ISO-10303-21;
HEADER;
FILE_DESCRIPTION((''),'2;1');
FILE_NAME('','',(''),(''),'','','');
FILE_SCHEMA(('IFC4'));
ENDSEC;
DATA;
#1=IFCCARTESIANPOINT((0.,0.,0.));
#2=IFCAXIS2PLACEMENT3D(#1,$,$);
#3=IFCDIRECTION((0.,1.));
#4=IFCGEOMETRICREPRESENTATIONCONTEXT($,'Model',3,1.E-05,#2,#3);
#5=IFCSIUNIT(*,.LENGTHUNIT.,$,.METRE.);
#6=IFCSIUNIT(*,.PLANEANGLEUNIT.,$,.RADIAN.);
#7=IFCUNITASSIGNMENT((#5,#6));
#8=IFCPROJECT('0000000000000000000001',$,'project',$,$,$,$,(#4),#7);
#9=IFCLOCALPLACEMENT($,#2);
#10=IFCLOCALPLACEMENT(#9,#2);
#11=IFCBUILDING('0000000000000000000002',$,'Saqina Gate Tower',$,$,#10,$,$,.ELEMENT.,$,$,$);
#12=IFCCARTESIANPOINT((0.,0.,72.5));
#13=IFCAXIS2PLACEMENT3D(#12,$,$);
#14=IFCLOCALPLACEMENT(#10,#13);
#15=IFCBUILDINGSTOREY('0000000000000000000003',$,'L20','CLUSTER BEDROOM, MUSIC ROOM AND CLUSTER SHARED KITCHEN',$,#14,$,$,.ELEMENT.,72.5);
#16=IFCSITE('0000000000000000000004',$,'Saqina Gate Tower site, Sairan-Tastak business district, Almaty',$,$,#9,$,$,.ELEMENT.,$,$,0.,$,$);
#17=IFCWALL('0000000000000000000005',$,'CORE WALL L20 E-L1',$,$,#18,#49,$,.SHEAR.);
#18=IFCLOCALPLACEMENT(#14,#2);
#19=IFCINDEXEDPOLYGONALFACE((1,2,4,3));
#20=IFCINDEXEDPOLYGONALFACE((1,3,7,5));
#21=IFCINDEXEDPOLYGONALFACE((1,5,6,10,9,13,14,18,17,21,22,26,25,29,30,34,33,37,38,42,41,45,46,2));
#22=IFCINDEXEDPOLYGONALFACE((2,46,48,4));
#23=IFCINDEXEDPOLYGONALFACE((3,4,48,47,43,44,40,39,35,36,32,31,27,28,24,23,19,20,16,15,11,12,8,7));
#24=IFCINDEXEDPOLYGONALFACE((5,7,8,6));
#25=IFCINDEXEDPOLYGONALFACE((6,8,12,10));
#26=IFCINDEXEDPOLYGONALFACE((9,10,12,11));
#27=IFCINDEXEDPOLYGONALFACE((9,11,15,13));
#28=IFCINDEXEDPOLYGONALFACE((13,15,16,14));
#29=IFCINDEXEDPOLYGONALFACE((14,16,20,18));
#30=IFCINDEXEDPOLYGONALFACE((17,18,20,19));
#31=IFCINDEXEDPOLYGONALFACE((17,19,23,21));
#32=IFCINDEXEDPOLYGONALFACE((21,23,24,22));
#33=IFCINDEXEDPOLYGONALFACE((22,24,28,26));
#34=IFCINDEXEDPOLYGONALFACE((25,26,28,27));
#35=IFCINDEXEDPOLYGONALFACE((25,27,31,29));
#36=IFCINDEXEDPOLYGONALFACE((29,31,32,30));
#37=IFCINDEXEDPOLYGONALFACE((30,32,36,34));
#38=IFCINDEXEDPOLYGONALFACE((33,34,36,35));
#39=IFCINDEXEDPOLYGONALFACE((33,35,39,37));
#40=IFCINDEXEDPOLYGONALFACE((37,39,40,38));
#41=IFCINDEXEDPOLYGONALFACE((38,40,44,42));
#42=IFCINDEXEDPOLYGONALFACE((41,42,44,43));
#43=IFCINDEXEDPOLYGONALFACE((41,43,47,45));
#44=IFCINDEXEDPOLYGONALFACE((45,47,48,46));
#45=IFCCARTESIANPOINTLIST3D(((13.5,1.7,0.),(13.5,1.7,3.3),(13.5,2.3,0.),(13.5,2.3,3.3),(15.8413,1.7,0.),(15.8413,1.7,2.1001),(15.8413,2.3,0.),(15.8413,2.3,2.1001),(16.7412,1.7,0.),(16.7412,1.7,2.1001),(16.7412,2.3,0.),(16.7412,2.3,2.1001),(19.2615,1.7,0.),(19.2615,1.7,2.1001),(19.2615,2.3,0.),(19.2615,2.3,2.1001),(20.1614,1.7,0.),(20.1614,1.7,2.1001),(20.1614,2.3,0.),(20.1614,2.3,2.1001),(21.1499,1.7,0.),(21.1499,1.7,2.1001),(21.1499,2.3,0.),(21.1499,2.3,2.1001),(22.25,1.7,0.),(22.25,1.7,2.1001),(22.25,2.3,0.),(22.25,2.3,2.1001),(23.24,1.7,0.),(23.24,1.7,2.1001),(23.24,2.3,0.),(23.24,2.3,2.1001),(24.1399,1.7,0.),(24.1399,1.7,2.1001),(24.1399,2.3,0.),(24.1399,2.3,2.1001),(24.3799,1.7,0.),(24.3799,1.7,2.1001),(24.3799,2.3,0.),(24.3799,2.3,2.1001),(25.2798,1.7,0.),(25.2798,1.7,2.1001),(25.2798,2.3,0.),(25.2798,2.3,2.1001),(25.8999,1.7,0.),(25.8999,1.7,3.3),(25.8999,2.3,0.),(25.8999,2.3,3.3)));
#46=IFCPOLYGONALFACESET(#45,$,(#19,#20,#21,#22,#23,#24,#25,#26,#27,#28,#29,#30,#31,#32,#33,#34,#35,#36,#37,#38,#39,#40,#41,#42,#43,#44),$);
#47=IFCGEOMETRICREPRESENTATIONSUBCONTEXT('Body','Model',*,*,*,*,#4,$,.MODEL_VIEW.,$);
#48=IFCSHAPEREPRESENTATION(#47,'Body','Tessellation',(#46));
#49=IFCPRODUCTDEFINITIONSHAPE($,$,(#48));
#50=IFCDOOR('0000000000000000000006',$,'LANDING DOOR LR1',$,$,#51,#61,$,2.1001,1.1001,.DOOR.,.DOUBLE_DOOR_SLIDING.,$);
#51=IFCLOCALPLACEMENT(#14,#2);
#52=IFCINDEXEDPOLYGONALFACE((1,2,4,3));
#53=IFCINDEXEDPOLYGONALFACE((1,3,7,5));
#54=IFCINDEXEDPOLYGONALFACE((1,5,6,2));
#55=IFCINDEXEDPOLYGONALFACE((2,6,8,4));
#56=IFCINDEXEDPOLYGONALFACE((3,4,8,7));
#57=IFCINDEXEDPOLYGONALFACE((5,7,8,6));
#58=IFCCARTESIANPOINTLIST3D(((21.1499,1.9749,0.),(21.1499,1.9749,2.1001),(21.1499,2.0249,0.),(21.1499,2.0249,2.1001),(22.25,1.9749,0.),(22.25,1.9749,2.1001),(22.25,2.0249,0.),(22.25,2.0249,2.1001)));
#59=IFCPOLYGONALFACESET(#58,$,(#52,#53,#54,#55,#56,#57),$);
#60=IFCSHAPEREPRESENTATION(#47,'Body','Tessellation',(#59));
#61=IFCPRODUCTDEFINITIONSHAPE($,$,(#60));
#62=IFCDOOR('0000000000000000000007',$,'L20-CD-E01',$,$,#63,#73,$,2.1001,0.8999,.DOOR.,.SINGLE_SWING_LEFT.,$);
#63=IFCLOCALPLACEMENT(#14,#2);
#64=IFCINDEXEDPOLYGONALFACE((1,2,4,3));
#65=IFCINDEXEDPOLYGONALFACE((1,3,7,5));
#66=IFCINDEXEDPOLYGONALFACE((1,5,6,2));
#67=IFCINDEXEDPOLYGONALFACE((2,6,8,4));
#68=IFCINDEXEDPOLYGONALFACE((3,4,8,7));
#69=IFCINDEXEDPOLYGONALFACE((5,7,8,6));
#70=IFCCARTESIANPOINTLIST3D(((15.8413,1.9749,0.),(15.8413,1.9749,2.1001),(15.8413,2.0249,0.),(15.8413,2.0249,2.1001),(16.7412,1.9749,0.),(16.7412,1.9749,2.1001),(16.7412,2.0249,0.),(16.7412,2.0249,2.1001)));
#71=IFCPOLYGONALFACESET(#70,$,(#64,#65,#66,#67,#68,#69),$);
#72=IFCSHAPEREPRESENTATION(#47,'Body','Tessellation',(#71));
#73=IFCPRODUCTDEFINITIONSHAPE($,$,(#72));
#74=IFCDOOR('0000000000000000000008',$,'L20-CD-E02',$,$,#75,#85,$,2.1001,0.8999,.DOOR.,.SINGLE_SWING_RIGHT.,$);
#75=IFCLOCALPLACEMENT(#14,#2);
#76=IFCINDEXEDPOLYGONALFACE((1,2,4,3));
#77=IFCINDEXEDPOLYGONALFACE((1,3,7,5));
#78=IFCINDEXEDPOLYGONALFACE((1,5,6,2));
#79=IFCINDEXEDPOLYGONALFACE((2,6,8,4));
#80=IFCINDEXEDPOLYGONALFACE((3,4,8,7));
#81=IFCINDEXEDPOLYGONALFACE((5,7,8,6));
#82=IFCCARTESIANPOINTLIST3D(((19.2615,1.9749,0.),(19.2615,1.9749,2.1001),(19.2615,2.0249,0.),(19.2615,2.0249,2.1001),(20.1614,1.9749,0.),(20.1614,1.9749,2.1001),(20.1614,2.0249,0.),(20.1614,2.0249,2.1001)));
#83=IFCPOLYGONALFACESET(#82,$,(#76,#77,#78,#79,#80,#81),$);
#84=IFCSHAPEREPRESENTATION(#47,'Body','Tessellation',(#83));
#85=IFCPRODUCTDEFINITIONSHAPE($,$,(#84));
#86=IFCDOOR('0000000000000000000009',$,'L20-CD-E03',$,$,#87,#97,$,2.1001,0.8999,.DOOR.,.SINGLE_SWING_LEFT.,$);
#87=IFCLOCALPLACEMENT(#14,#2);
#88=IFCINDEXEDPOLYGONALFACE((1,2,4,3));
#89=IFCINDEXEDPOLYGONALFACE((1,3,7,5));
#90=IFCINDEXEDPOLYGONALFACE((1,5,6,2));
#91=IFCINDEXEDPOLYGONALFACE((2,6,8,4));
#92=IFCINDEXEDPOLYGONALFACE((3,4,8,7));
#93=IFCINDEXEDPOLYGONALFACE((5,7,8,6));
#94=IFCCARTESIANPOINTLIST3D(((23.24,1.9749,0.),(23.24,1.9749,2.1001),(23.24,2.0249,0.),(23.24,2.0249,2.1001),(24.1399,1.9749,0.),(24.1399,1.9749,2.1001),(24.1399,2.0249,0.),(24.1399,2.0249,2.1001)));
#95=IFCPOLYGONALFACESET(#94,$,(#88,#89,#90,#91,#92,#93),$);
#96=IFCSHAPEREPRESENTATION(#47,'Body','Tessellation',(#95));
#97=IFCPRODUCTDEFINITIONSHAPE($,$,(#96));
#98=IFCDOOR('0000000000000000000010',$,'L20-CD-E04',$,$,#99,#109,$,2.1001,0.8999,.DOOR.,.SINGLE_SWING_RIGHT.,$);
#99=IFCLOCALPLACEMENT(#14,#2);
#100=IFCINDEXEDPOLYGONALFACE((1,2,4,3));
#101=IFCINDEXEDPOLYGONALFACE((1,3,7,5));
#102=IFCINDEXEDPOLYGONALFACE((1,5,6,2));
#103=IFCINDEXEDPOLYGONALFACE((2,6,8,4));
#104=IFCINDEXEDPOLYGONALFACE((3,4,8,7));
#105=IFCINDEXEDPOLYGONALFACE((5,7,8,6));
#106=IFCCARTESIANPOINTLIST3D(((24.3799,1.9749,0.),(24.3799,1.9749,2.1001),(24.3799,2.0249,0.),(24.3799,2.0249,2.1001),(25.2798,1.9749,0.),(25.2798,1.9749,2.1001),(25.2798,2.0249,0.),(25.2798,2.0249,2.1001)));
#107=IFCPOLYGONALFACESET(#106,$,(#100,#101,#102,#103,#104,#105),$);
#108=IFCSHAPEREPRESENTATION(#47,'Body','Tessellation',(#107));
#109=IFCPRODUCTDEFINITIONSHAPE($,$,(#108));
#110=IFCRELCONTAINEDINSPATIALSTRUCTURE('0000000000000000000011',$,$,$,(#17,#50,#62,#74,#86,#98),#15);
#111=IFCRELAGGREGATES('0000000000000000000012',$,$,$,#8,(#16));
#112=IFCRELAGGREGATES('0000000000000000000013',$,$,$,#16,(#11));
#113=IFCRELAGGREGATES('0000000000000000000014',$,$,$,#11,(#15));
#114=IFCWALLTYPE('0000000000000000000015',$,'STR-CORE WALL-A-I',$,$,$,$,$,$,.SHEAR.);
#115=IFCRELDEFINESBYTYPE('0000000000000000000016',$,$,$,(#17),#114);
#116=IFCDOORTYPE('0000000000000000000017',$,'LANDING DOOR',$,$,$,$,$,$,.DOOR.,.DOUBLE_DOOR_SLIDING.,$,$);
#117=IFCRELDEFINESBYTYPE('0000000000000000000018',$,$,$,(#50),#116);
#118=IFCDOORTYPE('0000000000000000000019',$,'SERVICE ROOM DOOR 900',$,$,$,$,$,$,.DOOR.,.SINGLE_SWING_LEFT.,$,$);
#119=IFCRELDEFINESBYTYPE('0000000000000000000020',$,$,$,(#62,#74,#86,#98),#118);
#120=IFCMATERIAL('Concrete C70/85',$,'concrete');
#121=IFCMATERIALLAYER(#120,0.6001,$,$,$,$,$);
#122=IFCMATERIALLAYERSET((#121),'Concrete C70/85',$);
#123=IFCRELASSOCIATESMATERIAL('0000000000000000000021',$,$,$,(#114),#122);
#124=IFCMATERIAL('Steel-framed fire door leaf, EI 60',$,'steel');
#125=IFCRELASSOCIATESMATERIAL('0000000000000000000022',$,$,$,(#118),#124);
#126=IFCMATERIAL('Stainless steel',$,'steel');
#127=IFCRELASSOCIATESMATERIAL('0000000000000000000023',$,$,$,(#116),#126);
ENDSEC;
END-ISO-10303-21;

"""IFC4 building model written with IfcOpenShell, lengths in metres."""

from ifc_helpers import new_model, si_unit, direction, frame, frame_2d, origin, place, context, subcontext, project, spatial, rectangle, extrude, material, layer, layer_set, type_object, element, fill, save


model = new_model("IFC4")

# Units and contexts
model_context = context("Model", 3, precision=1e-05, world=origin(), true_north=direction((0.0, 1.0)))
body_context = subcontext(model_context, "Body", "Model", "MODEL_VIEW")
ifc_project = project(units=[si_unit("LENGTHUNIT", "METRE"), si_unit("PLANEANGLEUNIT", "RADIAN")], contexts=[model_context])

# Site, building, storey
site_placement = place(None, origin())
site = spatial("IfcSite", under=ifc_project, at=site_placement, Name="Saqina Gate Tower site, Sairan-Tastak business district, Almaty", CompositionType="ELEMENT", RefElevation=0.0)
building_placement = place(site_placement, origin())
building = spatial("IfcBuilding", under=site, at=building_placement, Name="Saqina Gate Tower", CompositionType="ELEMENT")
storey_placement = place(building_placement, frame((0.0, 0.0, 72.5)))
storey = spatial("IfcBuildingStorey", under=building, at=storey_placement, Name="L20", Description="CLUSTER BEDROOM, MUSIC ROOM AND CLUSTER SHARED KITCHEN", CompositionType="ELEMENT", Elevation=72.5)

# Wall, openings, doors
ifc_material_1 = material(Name="Concrete C70/85", Category="concrete")
ifc_layer_1 = layer(ifc_material_1, 0.6001)
ifc_layer_set_1 = layer_set([ifc_layer_1], Name="Concrete C70/85")
wall_type_1 = type_object("IfcWallType", Name="STR-CORE WALL-A-I", PredefinedType="SHEAR", material=ifc_layer_set_1)
ifc_material_2 = material(Name="Steel-framed fire door leaf, EI 60", Category="steel")
door_type_1 = type_object("IfcDoorType", Name="SERVICE ROOM DOOR 900", OperationType="SINGLE_SWING_LEFT", PredefinedType="DOOR", material=ifc_material_2)
wall_1_placement = place(storey_placement, frame((13.5, 2.0, 0.0), z_axis=(0.0, 0.0, 1.0), x_axis=(1.0, 0.0, 0.0)))
wall_1 = element("IfcWall", 1, at=wall_1_placement, inside=storey, type_object=wall_type_1, Name="CORE WALL L20 E-L1", PredefinedType="SHEAR", context=body_context, shape_type="SweptSolid", body=[
    extrude(rectangle(XDim=12.3999, YDim=0.6001, at=frame_2d((6.2, 0.0))), origin(), (0.0, 0.0, 1.0), 3.3),
])
opening_1_placement = place(wall_1_placement, frame((7.6499, 0.0, 0.0)))
opening_1 = element("IfcOpeningElement", 2, at=opening_1_placement, cuts=wall_1, PredefinedType="OPENING", context=body_context, shape_type="SweptSolid", body=[
    extrude(rectangle(XDim=1.1001, YDim=2.1001, at=frame_2d((0.55, 1.05))), frame((0.0, 0.312, 0.0), z_axis=(0.0, -1.0, 0.0), x_axis=(1.0, 0.0, 0.0)), (0.0, 0.0, 1.0), 0.624),
])
opening_2_placement = place(wall_1_placement, frame((2.3413, 0.0, 0.0)))
opening_2 = element("IfcOpeningElement", 3, at=opening_2_placement, cuts=wall_1, PredefinedType="OPENING", context=body_context, shape_type="SweptSolid", body=[
    extrude(rectangle(XDim=0.8999, YDim=2.1001, at=frame_2d((0.45, 1.05))), frame((0.0, 0.312, 0.0), z_axis=(0.0, -1.0, 0.0), x_axis=(1.0, 0.0, 0.0)), (0.0, 0.0, 1.0), 0.624),
])
opening_3_placement = place(wall_1_placement, frame((5.7615, 0.0, 0.0)))
opening_3 = element("IfcOpeningElement", 4, at=opening_3_placement, cuts=wall_1, PredefinedType="OPENING", context=body_context, shape_type="SweptSolid", body=[
    extrude(rectangle(XDim=0.8999, YDim=2.1001, at=frame_2d((0.45, 1.05))), frame((0.0, 0.312, 0.0), z_axis=(0.0, -1.0, 0.0), x_axis=(1.0, 0.0, 0.0)), (0.0, 0.0, 1.0), 0.624),
])
opening_4_placement = place(wall_1_placement, frame((9.74, 0.0, 0.0)))
opening_4 = element("IfcOpeningElement", 5, at=opening_4_placement, cuts=wall_1, PredefinedType="OPENING", context=body_context, shape_type="SweptSolid", body=[
    extrude(rectangle(XDim=0.8999, YDim=2.1001, at=frame_2d((0.45, 1.05))), frame((0.0, 0.312, 0.0), z_axis=(0.0, -1.0, 0.0), x_axis=(1.0, 0.0, 0.0)), (0.0, 0.0, 1.0), 0.624),
])
opening_5_placement = place(wall_1_placement, frame((10.8799, 0.0, 0.0)))
opening_5 = element("IfcOpeningElement", 6, at=opening_5_placement, cuts=wall_1, PredefinedType="OPENING", context=body_context, shape_type="SweptSolid", body=[
    extrude(rectangle(XDim=0.8999, YDim=2.1001, at=frame_2d((0.45, 1.05))), frame((0.0, 0.312, 0.0), z_axis=(0.0, -1.0, 0.0), x_axis=(1.0, 0.0, 0.0)), (0.0, 0.0, 1.0), 0.624),
])
ifc_material_3 = material(Name="Stainless steel", Category="steel")
door_type_2 = type_object("IfcDoorType", Name="LANDING DOOR", OperationType="DOUBLE_DOOR_SLIDING", PredefinedType="DOOR", material=ifc_material_3)
door_1_placement = place(opening_1_placement, origin())
door_1 = element("IfcDoor", 7, at=door_1_placement, inside=storey, type_object=door_type_2, Name="LANDING DOOR LR1", OperationType="DOUBLE_DOOR_SLIDING", OverallHeight=2.1001, OverallWidth=1.1001, PredefinedType="DOOR", context=body_context, shape_type="SweptSolid", body=[
    extrude(rectangle(XDim=1.1001, YDim=2.1001, at=frame_2d((0.55, 1.05))), frame((0.0, 0.0249, 0.0), z_axis=(0.0, -1.0, 0.0), x_axis=(1.0, 0.0, 0.0)), (0.0, 0.0, 1.0), 0.05),
])
fill(opening_1, door_1)
door_2_placement = place(opening_2_placement, origin())
door_2 = element("IfcDoor", 8, at=door_2_placement, inside=storey, type_object=door_type_1, Name="L20-CD-E01", OperationType="SINGLE_SWING_LEFT", OverallHeight=2.1001, OverallWidth=0.8999, PredefinedType="DOOR", context=body_context, shape_type="SweptSolid", body=[
    extrude(rectangle(XDim=0.8999, YDim=2.1001, at=frame_2d((0.45, 1.05))), frame((0.0, 0.0249, 0.0), z_axis=(0.0, -1.0, 0.0), x_axis=(1.0, 0.0, 0.0)), (0.0, 0.0, 1.0), 0.05),
])
fill(opening_2, door_2)
door_3_placement = place(opening_3_placement, origin())
door_3 = element("IfcDoor", 9, at=door_3_placement, inside=storey, type_object=door_type_1, Name="L20-CD-E02", OperationType="SINGLE_SWING_RIGHT", OverallHeight=2.1001, OverallWidth=0.8999, PredefinedType="DOOR", context=body_context, shape_type="SweptSolid", body=[
    extrude(rectangle(XDim=0.8999, YDim=2.1001, at=frame_2d((0.45, 1.05))), frame((0.0, 0.0249, 0.0), z_axis=(0.0, -1.0, 0.0), x_axis=(1.0, 0.0, 0.0)), (0.0, 0.0, 1.0), 0.05),
])
fill(opening_3, door_3)
door_4_placement = place(opening_4_placement, origin())
door_4 = element("IfcDoor", 10, at=door_4_placement, inside=storey, type_object=door_type_1, Name="L20-CD-E03", OperationType="SINGLE_SWING_LEFT", OverallHeight=2.1001, OverallWidth=0.8999, PredefinedType="DOOR", context=body_context, shape_type="SweptSolid", body=[
    extrude(rectangle(XDim=0.8999, YDim=2.1001, at=frame_2d((0.45, 1.05))), frame((0.0, 0.0249, 0.0), z_axis=(0.0, -1.0, 0.0), x_axis=(1.0, 0.0, 0.0)), (0.0, 0.0, 1.0), 0.05),
])
fill(opening_4, door_4)
door_5_placement = place(opening_5_placement, origin())
door_5 = element("IfcDoor", 11, at=door_5_placement, inside=storey, type_object=door_type_1, Name="L20-CD-E04", OperationType="SINGLE_SWING_RIGHT", OverallHeight=2.1001, OverallWidth=0.8999, PredefinedType="DOOR", context=body_context, shape_type="SweptSolid", body=[
    extrude(rectangle(XDim=0.8999, YDim=2.1001, at=frame_2d((0.45, 1.05))), frame((0.0, 0.0249, 0.0), z_axis=(0.0, -1.0, 0.0), x_axis=(1.0, 0.0, 0.0)), (0.0, 0.0, 1.0), 0.05),
])
fill(opening_5, door_5)

save(model, "model.ifc")
